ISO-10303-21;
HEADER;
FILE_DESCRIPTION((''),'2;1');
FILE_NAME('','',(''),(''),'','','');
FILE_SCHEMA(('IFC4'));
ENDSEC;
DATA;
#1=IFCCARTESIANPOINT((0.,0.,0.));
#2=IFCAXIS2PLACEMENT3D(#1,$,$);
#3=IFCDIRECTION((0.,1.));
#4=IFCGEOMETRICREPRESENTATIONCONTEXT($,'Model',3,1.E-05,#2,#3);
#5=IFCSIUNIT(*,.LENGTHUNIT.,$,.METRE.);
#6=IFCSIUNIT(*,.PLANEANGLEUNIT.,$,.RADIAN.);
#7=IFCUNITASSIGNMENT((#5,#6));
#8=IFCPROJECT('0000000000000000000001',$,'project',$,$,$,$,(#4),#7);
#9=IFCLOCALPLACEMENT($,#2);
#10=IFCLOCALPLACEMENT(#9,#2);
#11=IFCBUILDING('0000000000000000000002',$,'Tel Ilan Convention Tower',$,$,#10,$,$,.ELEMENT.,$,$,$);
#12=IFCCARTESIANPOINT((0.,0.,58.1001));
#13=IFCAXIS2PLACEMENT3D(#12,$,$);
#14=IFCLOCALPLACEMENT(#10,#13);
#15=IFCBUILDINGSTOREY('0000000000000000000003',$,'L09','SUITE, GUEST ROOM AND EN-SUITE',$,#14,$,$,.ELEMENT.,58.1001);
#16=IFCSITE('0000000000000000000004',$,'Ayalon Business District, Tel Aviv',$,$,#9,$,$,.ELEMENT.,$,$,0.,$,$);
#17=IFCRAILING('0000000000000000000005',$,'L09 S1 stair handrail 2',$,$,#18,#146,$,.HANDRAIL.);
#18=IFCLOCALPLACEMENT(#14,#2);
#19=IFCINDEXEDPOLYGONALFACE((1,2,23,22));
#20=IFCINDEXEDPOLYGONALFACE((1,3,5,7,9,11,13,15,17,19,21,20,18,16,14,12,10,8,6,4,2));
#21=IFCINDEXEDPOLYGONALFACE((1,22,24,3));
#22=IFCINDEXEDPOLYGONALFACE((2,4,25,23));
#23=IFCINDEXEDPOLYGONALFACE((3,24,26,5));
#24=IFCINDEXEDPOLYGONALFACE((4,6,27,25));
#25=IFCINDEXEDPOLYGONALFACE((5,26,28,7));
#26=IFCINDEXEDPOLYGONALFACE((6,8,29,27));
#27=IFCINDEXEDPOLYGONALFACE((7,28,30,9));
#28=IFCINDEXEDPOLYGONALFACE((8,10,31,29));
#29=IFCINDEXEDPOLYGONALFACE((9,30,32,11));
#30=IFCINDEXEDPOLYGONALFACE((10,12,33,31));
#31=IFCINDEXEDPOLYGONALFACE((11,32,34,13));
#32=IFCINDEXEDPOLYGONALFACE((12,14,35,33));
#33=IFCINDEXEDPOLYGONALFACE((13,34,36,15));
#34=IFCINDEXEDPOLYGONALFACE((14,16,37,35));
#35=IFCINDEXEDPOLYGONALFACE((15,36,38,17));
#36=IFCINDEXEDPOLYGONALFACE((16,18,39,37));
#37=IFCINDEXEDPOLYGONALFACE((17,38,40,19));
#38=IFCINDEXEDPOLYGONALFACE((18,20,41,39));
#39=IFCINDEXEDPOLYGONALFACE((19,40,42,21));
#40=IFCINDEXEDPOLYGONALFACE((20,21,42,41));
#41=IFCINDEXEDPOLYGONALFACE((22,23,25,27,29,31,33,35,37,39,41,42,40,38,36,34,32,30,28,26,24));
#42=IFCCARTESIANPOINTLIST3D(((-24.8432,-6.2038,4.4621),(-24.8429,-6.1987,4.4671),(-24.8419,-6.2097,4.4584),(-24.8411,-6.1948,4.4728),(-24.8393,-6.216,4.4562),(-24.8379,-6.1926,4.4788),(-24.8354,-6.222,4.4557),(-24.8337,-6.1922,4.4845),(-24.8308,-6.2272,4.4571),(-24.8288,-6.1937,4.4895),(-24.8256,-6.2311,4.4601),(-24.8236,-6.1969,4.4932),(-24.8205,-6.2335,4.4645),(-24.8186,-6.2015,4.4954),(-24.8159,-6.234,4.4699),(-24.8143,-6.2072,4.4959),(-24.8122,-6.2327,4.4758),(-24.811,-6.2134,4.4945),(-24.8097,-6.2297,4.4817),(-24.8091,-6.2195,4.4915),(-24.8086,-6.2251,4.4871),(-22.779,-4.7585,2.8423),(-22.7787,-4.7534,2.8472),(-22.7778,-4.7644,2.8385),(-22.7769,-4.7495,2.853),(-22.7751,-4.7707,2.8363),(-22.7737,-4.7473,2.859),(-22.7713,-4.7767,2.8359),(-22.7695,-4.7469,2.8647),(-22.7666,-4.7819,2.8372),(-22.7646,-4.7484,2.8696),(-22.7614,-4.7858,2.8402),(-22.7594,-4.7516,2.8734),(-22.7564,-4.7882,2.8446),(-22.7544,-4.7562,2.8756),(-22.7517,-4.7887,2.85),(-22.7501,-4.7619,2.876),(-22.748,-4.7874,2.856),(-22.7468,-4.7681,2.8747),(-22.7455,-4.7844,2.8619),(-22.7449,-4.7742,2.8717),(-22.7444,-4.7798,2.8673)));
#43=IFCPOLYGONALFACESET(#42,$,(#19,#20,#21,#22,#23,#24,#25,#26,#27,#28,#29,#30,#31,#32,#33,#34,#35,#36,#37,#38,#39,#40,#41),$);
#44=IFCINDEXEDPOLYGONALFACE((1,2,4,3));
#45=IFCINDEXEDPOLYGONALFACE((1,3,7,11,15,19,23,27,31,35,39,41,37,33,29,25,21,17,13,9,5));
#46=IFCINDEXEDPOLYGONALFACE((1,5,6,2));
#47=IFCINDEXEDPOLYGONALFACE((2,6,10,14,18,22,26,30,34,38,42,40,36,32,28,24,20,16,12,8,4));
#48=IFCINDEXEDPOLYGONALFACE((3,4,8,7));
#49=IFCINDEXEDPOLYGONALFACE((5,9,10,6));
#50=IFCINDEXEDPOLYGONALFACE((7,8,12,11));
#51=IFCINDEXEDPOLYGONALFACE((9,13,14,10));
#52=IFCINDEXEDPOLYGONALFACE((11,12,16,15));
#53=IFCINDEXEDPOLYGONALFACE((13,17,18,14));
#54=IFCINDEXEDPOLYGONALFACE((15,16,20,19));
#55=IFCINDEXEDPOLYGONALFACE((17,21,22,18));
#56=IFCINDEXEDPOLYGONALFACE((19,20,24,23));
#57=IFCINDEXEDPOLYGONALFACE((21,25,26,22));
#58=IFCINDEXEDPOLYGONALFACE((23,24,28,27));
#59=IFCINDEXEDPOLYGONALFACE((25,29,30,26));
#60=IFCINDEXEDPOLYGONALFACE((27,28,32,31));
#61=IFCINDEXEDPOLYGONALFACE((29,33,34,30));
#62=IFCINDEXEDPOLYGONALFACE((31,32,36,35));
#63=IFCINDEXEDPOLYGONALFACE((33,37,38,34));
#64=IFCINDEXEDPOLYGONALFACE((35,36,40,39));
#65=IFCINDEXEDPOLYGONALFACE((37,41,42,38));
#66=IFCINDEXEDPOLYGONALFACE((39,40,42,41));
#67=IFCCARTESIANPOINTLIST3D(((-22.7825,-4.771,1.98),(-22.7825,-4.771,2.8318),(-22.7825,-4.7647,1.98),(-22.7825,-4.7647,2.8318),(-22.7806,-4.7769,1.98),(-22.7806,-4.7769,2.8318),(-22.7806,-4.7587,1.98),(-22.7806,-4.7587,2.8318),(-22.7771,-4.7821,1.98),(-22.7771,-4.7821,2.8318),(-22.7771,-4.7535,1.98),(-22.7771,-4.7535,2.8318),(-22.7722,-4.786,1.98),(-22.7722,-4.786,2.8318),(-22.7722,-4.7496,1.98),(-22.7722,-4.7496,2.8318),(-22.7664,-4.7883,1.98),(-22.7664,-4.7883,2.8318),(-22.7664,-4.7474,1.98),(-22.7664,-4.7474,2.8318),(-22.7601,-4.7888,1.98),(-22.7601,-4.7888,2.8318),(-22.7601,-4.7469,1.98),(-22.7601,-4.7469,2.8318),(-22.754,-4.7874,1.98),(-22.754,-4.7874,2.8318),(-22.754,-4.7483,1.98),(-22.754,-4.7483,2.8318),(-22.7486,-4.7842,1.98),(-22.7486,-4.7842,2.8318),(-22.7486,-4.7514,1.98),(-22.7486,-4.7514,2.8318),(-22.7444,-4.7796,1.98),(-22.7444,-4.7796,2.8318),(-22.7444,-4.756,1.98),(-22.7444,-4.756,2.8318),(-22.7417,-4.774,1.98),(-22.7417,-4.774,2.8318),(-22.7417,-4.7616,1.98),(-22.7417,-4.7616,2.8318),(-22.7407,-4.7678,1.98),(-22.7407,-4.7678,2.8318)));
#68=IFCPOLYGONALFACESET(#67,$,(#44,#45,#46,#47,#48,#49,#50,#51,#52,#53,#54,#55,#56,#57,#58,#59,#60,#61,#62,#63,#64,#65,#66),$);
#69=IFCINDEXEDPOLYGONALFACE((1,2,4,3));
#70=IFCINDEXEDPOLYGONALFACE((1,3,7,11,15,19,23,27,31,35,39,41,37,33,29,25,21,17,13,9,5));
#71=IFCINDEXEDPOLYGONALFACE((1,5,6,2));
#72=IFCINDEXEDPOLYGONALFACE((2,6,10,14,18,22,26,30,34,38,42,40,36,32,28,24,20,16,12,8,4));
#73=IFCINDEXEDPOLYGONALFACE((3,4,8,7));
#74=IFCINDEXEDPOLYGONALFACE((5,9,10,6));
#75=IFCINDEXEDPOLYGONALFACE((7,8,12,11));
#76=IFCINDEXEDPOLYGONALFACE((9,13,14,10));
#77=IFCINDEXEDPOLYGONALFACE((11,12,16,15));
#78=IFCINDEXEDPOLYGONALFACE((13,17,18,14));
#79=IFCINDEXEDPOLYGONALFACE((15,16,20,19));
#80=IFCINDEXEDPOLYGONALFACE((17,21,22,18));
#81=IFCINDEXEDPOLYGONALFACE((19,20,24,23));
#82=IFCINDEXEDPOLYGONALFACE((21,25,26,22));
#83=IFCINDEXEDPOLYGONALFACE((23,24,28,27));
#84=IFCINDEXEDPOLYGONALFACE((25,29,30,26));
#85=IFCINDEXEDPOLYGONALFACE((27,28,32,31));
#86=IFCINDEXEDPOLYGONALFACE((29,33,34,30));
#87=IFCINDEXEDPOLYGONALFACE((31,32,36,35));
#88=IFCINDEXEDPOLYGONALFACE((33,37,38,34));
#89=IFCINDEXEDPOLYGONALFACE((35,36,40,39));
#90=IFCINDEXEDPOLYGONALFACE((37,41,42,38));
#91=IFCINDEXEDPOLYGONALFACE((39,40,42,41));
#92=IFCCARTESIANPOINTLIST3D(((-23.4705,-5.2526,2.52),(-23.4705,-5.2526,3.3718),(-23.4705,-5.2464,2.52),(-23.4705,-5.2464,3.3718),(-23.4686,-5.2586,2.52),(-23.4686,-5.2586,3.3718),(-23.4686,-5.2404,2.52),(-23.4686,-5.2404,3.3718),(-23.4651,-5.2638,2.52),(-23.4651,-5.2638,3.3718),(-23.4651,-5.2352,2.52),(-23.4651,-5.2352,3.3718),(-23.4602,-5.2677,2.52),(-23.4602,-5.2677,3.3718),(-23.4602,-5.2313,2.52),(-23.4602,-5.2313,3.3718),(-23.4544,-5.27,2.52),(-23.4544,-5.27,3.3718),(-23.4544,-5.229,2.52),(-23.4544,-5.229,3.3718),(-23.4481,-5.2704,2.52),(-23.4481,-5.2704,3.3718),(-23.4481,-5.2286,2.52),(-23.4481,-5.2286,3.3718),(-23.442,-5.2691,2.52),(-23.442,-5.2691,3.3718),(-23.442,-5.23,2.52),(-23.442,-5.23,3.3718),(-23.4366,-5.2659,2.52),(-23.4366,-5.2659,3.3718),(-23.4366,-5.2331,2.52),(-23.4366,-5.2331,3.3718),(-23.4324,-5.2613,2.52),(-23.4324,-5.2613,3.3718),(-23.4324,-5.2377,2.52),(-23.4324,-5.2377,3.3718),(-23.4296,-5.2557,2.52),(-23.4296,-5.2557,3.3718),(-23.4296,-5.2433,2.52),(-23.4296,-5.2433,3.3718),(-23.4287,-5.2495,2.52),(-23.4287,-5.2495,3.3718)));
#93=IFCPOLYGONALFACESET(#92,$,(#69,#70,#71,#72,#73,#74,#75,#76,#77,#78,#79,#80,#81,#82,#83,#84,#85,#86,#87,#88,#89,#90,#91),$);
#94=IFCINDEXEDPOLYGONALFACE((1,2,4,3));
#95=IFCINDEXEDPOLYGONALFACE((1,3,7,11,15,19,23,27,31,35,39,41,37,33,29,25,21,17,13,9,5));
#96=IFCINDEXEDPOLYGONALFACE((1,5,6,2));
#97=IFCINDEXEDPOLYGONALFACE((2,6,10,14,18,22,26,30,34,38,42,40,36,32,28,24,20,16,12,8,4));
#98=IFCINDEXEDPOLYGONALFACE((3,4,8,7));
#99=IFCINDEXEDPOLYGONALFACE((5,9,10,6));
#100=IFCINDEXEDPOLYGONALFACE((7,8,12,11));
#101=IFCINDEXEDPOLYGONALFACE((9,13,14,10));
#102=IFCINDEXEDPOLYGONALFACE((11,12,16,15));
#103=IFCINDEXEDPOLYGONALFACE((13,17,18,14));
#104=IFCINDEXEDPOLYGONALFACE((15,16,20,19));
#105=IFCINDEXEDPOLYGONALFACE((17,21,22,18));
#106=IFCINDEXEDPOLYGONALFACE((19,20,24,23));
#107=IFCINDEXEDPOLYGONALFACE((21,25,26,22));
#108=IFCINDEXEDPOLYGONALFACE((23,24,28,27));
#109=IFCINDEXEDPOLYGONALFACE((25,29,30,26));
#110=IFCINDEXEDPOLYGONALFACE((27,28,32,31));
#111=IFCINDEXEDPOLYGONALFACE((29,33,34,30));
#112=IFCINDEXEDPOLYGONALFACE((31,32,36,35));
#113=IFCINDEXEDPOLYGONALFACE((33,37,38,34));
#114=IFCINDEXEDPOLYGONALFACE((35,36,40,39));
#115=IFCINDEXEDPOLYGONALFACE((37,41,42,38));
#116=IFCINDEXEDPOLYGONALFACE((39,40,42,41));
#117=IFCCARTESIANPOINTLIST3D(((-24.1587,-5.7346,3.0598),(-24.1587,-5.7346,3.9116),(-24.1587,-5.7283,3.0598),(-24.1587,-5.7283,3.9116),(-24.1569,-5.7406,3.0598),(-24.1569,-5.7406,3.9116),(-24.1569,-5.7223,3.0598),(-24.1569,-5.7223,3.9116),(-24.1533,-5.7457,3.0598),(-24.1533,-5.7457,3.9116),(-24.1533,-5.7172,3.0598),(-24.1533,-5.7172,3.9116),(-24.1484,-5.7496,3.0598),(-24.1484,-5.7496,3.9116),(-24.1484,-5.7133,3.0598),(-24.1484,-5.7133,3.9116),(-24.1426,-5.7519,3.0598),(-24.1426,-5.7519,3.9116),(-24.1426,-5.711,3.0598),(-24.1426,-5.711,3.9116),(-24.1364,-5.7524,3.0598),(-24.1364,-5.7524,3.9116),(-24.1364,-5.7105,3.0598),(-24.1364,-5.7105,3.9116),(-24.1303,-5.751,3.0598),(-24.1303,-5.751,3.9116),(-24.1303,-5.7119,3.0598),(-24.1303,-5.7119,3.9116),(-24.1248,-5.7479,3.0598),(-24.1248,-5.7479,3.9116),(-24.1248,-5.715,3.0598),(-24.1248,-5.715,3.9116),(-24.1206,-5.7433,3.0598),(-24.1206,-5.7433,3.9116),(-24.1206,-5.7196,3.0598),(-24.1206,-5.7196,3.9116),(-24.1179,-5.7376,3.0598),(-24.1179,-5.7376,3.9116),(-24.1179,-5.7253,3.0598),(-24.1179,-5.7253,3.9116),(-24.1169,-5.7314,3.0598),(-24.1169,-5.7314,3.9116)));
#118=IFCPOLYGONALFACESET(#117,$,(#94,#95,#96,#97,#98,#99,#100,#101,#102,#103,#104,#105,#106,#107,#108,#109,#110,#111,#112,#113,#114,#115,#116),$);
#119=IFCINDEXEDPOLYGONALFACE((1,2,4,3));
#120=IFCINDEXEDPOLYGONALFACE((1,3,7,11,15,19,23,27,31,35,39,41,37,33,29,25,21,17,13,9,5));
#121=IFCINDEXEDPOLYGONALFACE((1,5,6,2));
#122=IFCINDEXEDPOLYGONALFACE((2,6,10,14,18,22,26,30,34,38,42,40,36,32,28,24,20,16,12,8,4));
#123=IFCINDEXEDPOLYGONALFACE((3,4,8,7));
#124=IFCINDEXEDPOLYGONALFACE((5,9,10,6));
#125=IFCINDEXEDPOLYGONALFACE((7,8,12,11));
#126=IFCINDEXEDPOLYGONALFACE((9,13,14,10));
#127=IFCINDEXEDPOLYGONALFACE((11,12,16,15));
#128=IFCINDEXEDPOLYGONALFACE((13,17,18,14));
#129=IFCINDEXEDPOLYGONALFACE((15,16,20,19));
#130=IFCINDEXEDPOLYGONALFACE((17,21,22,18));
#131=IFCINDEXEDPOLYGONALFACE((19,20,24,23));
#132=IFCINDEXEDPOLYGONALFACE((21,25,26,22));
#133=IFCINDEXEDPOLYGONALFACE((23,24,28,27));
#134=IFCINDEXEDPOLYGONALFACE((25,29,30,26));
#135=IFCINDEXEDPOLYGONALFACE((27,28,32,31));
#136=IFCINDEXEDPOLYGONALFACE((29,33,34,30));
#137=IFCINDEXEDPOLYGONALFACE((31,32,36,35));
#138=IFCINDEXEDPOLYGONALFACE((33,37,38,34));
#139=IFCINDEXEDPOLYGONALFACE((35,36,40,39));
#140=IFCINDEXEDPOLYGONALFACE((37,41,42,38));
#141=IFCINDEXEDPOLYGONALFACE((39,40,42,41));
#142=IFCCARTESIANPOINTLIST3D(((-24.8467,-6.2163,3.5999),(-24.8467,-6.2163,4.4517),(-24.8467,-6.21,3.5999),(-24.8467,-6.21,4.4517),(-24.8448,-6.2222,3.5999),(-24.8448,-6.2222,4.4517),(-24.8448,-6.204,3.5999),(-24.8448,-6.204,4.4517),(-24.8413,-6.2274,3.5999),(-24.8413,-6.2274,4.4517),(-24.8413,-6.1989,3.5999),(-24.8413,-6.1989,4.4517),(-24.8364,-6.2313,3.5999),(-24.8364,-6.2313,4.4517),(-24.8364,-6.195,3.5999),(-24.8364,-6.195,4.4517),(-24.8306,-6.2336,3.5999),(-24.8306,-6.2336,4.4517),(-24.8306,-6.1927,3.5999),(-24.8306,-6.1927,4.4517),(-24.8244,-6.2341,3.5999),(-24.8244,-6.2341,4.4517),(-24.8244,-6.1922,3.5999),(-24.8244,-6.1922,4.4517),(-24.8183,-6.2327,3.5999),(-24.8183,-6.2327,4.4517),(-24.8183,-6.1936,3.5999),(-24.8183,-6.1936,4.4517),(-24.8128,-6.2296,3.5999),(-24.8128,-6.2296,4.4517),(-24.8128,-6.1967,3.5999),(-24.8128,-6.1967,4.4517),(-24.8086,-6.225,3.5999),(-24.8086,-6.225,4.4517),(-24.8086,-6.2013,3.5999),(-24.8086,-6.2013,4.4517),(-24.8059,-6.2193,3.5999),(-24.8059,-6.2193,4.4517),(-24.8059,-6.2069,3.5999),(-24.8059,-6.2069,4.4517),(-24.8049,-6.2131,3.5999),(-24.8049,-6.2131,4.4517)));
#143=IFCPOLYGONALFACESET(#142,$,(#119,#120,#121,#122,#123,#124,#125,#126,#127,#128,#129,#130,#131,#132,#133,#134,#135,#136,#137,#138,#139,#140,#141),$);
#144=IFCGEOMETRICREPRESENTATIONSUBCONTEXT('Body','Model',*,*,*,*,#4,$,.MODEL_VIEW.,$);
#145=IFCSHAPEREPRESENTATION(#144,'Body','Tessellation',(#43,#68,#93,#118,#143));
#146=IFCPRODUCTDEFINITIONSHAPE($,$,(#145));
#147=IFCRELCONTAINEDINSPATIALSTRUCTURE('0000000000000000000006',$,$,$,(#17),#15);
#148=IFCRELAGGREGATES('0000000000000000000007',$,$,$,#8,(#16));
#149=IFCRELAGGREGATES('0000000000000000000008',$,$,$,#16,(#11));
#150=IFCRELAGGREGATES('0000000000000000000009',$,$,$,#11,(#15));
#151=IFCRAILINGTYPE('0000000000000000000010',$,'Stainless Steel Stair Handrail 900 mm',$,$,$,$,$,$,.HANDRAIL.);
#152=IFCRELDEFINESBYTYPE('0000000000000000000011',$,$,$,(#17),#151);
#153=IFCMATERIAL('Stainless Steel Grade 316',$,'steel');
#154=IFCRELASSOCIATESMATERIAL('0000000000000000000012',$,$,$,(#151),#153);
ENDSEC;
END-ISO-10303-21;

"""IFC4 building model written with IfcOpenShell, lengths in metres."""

from ifc_helpers import new_model, si_unit, direction, frame, origin, origin_2d, place, context, subcontext, project, spatial, circle, extrude, material, type_object, element, save


model = new_model("IFC4")

# Units and contexts
model_context = context("Model", 3, precision=1e-05, world=origin(), true_north=direction((0.0, 1.0)))
body_context = subcontext(model_context, "Body", "Model", "MODEL_VIEW")
ifc_project = project(units=[si_unit("LENGTHUNIT", "METRE"), si_unit("PLANEANGLEUNIT", "RADIAN")], contexts=[model_context])

# Site, building, storey
site_placement = place(None, origin())
site = spatial("IfcSite", under=ifc_project, at=site_placement, Name="Ayalon Business District, Tel Aviv", CompositionType="ELEMENT", RefElevation=0.0)
building_placement = place(site_placement, origin())
building = spatial("IfcBuilding", under=site, at=building_placement, Name="Tel Ilan Convention Tower", CompositionType="ELEMENT")
storey_placement = place(building_placement, frame((0.0, 0.0, 58.1001)))
storey = spatial("IfcBuildingStorey", under=building, at=storey_placement, Name="L09", Description="SUITE, GUEST ROOM AND EN-SUITE", CompositionType="ELEMENT", Elevation=58.1001)

# Railing
ifc_material_1 = material(Name="Stainless Steel Grade 316", Category="steel")
railing_type_1 = type_object("IfcRailingType", Name="Stainless Steel Stair Handrail 900 mm", PredefinedType="HANDRAIL", material=ifc_material_1)
railing_1_placement = place(storey_placement, frame((-22.7617, -4.7678, 1.98)))
element("IfcRailing", 1, at=railing_1_placement, inside=storey, type_object=railing_type_1, Name="L09 S1 stair handrail 2", PredefinedType="HANDRAIL", context=body_context, shape_type="SweptSolid", body=[
    extrude(circle(Radius=0.0239, at=origin_2d()), frame((0.0, 0.0, 0.876), z_axis=(-0.68907, -0.482472, 0.540743), x_axis=(0.57356, -0.819164, 0.0)), (0.0, 0.0, 1.0), 2.9956),
    extrude(circle(Radius=0.021, at=origin_2d()), origin(), (0.0, 0.0, 1.0), 0.8518),
    extrude(circle(Radius=0.021, at=origin_2d()), frame((-0.688, -0.4817, 0.54)), (0.0, 0.0, 1.0), 0.8518),
    extrude(circle(Radius=0.021, at=origin_2d()), frame((-1.3762, -0.9636, 1.0798)), (0.0, 0.0, 1.0), 0.8518),
    extrude(circle(Radius=0.021, at=origin_2d()), frame((-2.0642, -1.4453, 1.6199)), (0.0, 0.0, 1.0), 0.8518),
])

save(model, "model.ifc")
